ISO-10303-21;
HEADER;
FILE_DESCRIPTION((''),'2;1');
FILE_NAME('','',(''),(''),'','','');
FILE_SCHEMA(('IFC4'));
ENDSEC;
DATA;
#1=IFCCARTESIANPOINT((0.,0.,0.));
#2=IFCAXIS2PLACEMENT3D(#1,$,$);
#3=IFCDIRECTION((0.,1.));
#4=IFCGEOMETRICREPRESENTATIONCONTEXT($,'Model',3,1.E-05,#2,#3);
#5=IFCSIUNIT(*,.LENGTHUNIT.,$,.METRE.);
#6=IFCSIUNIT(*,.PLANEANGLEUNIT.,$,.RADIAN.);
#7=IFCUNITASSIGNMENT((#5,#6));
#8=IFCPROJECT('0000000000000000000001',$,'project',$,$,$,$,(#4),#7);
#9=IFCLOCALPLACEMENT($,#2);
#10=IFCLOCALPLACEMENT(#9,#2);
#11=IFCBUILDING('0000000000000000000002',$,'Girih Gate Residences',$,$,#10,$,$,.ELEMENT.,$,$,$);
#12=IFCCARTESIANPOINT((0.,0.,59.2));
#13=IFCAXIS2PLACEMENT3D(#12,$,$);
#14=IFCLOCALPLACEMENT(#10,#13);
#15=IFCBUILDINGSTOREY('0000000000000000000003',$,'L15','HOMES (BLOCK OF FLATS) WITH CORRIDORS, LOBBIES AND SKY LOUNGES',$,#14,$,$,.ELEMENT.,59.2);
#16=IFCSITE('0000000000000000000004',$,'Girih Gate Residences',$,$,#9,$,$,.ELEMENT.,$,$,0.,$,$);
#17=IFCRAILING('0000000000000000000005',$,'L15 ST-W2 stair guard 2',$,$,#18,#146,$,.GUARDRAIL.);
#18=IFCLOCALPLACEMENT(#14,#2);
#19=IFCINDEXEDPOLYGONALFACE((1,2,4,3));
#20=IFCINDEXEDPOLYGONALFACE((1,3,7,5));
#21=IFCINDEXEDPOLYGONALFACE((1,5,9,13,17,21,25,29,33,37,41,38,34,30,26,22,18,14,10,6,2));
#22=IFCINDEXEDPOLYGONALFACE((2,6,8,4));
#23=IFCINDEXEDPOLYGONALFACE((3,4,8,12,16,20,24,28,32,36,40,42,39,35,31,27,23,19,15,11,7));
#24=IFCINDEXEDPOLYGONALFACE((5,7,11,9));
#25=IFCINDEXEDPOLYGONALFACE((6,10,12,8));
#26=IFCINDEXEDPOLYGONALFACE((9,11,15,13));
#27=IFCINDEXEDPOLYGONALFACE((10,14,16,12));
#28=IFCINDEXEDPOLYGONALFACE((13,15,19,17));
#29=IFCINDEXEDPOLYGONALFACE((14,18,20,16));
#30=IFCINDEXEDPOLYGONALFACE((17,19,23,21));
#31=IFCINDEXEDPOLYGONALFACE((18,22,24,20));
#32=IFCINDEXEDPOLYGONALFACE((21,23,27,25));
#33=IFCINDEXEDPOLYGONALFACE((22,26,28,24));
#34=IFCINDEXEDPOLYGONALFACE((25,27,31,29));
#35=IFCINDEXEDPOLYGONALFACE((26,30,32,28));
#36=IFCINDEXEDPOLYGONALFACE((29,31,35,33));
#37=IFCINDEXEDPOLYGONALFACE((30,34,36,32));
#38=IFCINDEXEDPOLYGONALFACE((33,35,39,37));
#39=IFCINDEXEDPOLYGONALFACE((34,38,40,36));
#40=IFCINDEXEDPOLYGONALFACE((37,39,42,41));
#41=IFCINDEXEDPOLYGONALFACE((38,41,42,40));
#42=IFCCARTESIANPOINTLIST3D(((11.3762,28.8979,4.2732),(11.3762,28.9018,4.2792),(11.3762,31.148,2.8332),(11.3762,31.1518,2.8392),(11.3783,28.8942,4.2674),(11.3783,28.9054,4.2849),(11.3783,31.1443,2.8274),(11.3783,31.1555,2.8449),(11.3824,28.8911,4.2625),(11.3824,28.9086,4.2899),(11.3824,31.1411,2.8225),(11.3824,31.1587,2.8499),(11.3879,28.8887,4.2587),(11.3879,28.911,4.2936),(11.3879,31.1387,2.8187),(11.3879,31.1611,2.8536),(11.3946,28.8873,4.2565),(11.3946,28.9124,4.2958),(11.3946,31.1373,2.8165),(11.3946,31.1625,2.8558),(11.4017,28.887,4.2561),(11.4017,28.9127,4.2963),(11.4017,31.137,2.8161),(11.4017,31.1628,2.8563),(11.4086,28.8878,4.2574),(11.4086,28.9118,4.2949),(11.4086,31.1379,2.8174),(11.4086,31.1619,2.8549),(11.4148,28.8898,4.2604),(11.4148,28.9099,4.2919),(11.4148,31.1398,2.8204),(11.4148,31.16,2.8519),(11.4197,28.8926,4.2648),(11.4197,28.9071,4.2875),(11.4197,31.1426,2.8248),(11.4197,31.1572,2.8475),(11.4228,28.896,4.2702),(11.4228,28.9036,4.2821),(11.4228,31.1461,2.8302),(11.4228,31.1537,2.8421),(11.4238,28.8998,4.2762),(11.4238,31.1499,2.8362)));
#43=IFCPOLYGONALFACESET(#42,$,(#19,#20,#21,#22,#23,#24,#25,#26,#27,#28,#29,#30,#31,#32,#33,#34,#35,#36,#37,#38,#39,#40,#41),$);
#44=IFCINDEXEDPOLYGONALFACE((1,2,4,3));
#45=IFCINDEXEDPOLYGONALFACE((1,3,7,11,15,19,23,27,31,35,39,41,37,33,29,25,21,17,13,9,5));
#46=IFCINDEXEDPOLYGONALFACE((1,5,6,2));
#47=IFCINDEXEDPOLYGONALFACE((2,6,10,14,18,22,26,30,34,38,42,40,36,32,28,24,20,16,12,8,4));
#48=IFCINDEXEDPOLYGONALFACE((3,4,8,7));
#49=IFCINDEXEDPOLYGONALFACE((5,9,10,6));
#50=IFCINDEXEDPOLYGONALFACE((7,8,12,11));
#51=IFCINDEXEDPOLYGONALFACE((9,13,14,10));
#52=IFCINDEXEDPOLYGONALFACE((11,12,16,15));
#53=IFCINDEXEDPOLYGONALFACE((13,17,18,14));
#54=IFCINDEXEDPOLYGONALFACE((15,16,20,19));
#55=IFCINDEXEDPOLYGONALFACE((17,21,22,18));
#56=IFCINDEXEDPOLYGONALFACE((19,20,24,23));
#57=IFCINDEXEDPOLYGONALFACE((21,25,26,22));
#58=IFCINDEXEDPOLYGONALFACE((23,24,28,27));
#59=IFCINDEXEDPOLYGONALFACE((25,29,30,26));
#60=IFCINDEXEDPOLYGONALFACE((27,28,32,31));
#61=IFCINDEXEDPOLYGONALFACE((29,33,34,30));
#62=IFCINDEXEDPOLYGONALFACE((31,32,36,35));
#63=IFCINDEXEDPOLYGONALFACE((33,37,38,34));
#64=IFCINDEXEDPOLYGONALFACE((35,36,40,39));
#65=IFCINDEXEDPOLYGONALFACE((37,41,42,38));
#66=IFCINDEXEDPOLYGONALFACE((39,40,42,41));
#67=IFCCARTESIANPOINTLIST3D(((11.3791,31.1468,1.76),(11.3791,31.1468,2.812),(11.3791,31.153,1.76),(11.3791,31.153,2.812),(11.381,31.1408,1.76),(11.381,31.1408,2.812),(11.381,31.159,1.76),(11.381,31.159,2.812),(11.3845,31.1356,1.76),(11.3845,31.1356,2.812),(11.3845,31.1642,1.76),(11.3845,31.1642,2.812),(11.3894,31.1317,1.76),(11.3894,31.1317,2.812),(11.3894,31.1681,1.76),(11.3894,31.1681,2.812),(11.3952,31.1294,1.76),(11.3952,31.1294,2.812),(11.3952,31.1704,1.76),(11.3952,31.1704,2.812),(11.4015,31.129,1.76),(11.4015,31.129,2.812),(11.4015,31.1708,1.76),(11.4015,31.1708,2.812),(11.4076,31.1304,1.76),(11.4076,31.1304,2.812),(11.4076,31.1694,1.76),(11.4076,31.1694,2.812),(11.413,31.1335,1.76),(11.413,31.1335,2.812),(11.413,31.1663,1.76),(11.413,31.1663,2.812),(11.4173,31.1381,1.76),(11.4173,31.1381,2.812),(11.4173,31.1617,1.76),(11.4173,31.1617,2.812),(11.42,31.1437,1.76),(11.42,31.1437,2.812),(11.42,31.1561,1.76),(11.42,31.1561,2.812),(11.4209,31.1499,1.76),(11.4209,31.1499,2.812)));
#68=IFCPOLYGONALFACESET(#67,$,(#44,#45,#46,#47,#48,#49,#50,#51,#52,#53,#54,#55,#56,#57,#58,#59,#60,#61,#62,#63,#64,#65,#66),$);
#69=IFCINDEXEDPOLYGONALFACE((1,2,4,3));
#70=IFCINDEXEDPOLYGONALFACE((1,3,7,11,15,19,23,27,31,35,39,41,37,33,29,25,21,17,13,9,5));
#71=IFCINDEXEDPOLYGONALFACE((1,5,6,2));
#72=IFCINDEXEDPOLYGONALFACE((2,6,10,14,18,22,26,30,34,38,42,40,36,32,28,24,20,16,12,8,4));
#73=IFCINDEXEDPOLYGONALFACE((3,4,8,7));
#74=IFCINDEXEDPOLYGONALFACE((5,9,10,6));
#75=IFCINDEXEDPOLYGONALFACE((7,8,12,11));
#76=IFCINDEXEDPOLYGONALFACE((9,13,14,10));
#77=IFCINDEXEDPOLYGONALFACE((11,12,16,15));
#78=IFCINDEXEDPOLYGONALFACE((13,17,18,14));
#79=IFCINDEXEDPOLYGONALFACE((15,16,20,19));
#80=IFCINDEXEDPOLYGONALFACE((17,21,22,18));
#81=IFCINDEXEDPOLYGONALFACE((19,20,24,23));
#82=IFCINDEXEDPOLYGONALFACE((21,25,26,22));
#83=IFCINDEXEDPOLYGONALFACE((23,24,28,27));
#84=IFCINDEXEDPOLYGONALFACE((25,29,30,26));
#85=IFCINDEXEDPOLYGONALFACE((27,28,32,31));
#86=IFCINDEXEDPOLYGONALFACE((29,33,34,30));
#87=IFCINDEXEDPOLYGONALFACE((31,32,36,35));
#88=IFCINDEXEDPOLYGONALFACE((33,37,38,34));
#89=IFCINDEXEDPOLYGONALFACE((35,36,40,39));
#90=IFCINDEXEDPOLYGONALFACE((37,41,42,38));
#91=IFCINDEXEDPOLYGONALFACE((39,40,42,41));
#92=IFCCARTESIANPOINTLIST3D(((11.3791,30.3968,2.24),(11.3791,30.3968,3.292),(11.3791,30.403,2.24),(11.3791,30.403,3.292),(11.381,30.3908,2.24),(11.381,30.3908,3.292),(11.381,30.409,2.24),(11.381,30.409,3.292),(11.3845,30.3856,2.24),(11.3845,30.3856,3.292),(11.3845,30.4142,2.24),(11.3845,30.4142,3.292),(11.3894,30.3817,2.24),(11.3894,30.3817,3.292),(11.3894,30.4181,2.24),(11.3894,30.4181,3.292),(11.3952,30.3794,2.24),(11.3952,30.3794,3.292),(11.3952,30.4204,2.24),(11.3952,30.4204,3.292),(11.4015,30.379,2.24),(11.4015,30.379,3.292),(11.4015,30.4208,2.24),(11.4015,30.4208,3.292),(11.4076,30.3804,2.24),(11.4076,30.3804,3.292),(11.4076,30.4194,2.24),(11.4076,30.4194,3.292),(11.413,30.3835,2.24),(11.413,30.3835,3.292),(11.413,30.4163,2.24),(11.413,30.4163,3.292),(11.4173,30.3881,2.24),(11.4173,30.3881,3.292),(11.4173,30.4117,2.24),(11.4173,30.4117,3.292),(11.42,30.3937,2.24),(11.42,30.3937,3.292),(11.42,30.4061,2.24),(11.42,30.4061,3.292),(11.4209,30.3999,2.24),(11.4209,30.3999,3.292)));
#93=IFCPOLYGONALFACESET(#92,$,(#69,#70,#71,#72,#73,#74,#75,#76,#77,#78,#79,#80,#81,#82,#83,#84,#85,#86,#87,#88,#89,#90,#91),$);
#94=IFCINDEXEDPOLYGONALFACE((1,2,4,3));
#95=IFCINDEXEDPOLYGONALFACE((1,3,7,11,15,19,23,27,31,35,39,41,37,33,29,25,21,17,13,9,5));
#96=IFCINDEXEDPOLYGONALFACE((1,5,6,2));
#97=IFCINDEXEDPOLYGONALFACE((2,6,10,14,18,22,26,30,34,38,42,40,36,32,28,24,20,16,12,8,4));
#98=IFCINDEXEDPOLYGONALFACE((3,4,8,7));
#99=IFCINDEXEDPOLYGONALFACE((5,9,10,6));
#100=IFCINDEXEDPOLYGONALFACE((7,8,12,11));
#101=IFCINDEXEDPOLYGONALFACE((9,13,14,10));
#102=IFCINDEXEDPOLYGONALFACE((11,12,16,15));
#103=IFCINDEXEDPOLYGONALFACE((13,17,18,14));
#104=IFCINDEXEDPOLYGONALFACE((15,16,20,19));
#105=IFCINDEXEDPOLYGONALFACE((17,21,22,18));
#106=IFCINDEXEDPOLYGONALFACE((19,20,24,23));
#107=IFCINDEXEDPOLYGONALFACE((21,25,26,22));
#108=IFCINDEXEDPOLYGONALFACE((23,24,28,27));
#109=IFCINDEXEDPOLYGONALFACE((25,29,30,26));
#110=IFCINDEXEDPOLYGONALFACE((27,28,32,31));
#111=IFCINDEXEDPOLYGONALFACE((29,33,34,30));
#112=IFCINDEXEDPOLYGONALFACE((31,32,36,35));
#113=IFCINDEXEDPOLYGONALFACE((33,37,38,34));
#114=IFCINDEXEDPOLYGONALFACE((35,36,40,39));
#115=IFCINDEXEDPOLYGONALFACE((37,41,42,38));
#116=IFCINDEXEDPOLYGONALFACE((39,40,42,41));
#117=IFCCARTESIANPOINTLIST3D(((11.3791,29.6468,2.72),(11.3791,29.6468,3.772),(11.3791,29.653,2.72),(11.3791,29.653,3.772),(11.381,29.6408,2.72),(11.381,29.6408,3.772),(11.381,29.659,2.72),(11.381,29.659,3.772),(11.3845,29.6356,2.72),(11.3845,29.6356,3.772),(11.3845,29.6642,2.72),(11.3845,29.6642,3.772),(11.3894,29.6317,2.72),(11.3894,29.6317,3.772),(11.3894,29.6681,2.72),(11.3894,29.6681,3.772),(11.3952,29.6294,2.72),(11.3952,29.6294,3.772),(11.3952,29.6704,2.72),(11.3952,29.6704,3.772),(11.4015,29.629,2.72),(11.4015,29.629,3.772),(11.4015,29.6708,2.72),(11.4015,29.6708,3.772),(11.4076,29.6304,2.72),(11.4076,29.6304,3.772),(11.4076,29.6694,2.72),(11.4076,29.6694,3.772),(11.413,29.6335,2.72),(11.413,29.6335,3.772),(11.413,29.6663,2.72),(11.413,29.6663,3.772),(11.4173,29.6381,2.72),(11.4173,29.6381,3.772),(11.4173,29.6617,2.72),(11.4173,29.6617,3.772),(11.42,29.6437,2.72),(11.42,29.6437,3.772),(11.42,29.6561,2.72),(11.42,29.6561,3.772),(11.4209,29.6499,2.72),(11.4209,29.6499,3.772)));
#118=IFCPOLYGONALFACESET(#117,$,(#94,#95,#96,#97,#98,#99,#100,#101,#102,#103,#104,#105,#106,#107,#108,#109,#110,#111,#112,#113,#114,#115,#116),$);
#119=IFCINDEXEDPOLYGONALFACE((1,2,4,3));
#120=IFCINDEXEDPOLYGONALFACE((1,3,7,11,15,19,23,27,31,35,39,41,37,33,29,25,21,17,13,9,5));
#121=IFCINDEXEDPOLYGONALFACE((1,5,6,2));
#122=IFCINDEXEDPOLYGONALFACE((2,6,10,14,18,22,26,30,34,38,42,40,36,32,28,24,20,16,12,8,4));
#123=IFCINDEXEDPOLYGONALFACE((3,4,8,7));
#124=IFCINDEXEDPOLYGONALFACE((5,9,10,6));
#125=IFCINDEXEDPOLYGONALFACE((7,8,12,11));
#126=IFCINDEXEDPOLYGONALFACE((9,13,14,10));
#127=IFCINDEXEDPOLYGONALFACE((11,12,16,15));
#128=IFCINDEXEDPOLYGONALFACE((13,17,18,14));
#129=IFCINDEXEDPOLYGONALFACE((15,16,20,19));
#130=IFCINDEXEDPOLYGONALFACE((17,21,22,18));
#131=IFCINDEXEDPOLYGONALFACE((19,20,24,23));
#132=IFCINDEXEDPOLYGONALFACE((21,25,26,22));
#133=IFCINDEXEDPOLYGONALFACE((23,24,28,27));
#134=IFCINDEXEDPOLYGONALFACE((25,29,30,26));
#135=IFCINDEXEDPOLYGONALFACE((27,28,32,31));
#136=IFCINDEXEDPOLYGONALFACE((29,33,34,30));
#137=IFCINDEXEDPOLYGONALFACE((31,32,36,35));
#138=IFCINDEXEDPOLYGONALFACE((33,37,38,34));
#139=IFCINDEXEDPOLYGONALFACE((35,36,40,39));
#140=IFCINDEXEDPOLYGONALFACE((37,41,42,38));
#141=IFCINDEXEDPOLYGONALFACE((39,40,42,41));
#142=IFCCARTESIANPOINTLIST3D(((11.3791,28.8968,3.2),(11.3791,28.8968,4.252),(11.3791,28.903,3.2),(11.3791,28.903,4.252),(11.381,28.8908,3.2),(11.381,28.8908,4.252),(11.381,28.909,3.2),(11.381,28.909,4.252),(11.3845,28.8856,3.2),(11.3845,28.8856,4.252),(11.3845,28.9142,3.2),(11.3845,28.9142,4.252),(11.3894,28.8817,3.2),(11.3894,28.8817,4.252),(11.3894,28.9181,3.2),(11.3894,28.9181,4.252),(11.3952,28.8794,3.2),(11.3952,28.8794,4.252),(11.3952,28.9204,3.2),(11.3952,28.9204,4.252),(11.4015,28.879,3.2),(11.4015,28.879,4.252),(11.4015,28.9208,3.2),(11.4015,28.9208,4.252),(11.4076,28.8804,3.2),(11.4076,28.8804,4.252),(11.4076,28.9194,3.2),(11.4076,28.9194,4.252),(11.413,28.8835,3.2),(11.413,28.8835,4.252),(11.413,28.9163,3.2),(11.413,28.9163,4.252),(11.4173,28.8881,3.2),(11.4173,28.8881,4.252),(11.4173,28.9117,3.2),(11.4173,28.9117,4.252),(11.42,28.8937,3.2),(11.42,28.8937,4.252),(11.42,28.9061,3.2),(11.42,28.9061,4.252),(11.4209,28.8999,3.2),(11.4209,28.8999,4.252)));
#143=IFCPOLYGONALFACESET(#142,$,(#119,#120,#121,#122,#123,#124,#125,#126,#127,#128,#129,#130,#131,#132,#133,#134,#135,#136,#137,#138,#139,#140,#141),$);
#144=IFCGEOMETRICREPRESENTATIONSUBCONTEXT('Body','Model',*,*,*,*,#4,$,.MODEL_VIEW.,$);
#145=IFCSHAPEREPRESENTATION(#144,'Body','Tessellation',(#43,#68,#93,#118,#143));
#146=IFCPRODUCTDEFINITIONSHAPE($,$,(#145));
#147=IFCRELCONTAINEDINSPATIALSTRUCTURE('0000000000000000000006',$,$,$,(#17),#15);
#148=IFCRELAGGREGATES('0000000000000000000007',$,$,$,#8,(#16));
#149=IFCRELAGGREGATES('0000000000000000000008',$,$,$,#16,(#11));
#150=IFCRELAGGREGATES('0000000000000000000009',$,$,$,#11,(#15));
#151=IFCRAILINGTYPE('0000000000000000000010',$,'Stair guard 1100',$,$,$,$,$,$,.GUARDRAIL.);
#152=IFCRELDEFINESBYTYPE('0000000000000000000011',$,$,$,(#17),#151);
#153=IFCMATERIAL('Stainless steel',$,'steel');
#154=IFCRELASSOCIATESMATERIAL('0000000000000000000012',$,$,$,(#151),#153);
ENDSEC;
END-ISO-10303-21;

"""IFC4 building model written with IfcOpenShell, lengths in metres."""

from ifc_helpers import new_model, si_unit, direction, frame, origin, origin_2d, place, context, subcontext, project, spatial, circle, extrude, material, type_object, element, save


model = new_model("IFC4")

# Units and contexts
model_context = context("Model", 3, precision=1e-05, world=origin(), true_north=direction((0.0, 1.0)))
body_context = subcontext(model_context, "Body", "Model", "MODEL_VIEW")
ifc_project = project(units=[si_unit("LENGTHUNIT", "METRE"), si_unit("PLANEANGLEUNIT", "RADIAN")], contexts=[model_context])

# Site, building, storey
site_placement = place(None, origin())
site = spatial("IfcSite", under=ifc_project, at=site_placement, Name="Girih Gate Residences", CompositionType="ELEMENT", RefElevation=0.0)
building_placement = place(site_placement, origin())
building = spatial("IfcBuilding", under=site, at=building_placement, Name="Girih Gate Residences", CompositionType="ELEMENT")
storey_placement = place(building_placement, frame((0.0, 0.0, 59.2)))
storey = spatial("IfcBuildingStorey", under=building, at=storey_placement, Name="L15", Description="HOMES (BLOCK OF FLATS) WITH CORRIDORS, LOBBIES AND SKY LOUNGES", CompositionType="ELEMENT", Elevation=59.2)

# Railing
ifc_material_1 = material(Name="Stainless steel", Category="steel")
railing_type_1 = type_object("IfcRailingType", Name="Stair guard 1100", PredefinedType="GUARDRAIL", material=ifc_material_1)
railing_1_placement = place(storey_placement, frame((11.3999, 31.1499, 1.76)))
element("IfcRailing", 1, at=railing_1_placement, inside=storey, type_object=railing_type_1, Name="L15 ST-W2 stair guard 2", PredefinedType="GUARDRAIL", context=body_context, shape_type="SweptSolid", body=[
    extrude(circle(Radius=0.0239, at=origin_2d()), frame((0.0, 0.0, 1.0762), z_axis=(0.0, -0.842281, 0.539038), x_axis=(1.0, 0.0, 0.0)), (0.0, 0.0, 1.0), 2.6714),
    extrude(circle(Radius=0.021, at=origin_2d()), origin(), (0.0, 0.0, 1.0), 1.052),
    extrude(circle(Radius=0.021, at=origin_2d()), frame((0.0, -0.75, 0.48)), (0.0, 0.0, 1.0), 1.052),
    extrude(circle(Radius=0.021, at=origin_2d()), frame((0.0, -1.5, 0.96)), (0.0, 0.0, 1.0), 1.052),
    extrude(circle(Radius=0.021, at=origin_2d()), frame((0.0, -2.25, 1.4399)), (0.0, 0.0, 1.0), 1.052),
])

save(model, "model.ifc")
